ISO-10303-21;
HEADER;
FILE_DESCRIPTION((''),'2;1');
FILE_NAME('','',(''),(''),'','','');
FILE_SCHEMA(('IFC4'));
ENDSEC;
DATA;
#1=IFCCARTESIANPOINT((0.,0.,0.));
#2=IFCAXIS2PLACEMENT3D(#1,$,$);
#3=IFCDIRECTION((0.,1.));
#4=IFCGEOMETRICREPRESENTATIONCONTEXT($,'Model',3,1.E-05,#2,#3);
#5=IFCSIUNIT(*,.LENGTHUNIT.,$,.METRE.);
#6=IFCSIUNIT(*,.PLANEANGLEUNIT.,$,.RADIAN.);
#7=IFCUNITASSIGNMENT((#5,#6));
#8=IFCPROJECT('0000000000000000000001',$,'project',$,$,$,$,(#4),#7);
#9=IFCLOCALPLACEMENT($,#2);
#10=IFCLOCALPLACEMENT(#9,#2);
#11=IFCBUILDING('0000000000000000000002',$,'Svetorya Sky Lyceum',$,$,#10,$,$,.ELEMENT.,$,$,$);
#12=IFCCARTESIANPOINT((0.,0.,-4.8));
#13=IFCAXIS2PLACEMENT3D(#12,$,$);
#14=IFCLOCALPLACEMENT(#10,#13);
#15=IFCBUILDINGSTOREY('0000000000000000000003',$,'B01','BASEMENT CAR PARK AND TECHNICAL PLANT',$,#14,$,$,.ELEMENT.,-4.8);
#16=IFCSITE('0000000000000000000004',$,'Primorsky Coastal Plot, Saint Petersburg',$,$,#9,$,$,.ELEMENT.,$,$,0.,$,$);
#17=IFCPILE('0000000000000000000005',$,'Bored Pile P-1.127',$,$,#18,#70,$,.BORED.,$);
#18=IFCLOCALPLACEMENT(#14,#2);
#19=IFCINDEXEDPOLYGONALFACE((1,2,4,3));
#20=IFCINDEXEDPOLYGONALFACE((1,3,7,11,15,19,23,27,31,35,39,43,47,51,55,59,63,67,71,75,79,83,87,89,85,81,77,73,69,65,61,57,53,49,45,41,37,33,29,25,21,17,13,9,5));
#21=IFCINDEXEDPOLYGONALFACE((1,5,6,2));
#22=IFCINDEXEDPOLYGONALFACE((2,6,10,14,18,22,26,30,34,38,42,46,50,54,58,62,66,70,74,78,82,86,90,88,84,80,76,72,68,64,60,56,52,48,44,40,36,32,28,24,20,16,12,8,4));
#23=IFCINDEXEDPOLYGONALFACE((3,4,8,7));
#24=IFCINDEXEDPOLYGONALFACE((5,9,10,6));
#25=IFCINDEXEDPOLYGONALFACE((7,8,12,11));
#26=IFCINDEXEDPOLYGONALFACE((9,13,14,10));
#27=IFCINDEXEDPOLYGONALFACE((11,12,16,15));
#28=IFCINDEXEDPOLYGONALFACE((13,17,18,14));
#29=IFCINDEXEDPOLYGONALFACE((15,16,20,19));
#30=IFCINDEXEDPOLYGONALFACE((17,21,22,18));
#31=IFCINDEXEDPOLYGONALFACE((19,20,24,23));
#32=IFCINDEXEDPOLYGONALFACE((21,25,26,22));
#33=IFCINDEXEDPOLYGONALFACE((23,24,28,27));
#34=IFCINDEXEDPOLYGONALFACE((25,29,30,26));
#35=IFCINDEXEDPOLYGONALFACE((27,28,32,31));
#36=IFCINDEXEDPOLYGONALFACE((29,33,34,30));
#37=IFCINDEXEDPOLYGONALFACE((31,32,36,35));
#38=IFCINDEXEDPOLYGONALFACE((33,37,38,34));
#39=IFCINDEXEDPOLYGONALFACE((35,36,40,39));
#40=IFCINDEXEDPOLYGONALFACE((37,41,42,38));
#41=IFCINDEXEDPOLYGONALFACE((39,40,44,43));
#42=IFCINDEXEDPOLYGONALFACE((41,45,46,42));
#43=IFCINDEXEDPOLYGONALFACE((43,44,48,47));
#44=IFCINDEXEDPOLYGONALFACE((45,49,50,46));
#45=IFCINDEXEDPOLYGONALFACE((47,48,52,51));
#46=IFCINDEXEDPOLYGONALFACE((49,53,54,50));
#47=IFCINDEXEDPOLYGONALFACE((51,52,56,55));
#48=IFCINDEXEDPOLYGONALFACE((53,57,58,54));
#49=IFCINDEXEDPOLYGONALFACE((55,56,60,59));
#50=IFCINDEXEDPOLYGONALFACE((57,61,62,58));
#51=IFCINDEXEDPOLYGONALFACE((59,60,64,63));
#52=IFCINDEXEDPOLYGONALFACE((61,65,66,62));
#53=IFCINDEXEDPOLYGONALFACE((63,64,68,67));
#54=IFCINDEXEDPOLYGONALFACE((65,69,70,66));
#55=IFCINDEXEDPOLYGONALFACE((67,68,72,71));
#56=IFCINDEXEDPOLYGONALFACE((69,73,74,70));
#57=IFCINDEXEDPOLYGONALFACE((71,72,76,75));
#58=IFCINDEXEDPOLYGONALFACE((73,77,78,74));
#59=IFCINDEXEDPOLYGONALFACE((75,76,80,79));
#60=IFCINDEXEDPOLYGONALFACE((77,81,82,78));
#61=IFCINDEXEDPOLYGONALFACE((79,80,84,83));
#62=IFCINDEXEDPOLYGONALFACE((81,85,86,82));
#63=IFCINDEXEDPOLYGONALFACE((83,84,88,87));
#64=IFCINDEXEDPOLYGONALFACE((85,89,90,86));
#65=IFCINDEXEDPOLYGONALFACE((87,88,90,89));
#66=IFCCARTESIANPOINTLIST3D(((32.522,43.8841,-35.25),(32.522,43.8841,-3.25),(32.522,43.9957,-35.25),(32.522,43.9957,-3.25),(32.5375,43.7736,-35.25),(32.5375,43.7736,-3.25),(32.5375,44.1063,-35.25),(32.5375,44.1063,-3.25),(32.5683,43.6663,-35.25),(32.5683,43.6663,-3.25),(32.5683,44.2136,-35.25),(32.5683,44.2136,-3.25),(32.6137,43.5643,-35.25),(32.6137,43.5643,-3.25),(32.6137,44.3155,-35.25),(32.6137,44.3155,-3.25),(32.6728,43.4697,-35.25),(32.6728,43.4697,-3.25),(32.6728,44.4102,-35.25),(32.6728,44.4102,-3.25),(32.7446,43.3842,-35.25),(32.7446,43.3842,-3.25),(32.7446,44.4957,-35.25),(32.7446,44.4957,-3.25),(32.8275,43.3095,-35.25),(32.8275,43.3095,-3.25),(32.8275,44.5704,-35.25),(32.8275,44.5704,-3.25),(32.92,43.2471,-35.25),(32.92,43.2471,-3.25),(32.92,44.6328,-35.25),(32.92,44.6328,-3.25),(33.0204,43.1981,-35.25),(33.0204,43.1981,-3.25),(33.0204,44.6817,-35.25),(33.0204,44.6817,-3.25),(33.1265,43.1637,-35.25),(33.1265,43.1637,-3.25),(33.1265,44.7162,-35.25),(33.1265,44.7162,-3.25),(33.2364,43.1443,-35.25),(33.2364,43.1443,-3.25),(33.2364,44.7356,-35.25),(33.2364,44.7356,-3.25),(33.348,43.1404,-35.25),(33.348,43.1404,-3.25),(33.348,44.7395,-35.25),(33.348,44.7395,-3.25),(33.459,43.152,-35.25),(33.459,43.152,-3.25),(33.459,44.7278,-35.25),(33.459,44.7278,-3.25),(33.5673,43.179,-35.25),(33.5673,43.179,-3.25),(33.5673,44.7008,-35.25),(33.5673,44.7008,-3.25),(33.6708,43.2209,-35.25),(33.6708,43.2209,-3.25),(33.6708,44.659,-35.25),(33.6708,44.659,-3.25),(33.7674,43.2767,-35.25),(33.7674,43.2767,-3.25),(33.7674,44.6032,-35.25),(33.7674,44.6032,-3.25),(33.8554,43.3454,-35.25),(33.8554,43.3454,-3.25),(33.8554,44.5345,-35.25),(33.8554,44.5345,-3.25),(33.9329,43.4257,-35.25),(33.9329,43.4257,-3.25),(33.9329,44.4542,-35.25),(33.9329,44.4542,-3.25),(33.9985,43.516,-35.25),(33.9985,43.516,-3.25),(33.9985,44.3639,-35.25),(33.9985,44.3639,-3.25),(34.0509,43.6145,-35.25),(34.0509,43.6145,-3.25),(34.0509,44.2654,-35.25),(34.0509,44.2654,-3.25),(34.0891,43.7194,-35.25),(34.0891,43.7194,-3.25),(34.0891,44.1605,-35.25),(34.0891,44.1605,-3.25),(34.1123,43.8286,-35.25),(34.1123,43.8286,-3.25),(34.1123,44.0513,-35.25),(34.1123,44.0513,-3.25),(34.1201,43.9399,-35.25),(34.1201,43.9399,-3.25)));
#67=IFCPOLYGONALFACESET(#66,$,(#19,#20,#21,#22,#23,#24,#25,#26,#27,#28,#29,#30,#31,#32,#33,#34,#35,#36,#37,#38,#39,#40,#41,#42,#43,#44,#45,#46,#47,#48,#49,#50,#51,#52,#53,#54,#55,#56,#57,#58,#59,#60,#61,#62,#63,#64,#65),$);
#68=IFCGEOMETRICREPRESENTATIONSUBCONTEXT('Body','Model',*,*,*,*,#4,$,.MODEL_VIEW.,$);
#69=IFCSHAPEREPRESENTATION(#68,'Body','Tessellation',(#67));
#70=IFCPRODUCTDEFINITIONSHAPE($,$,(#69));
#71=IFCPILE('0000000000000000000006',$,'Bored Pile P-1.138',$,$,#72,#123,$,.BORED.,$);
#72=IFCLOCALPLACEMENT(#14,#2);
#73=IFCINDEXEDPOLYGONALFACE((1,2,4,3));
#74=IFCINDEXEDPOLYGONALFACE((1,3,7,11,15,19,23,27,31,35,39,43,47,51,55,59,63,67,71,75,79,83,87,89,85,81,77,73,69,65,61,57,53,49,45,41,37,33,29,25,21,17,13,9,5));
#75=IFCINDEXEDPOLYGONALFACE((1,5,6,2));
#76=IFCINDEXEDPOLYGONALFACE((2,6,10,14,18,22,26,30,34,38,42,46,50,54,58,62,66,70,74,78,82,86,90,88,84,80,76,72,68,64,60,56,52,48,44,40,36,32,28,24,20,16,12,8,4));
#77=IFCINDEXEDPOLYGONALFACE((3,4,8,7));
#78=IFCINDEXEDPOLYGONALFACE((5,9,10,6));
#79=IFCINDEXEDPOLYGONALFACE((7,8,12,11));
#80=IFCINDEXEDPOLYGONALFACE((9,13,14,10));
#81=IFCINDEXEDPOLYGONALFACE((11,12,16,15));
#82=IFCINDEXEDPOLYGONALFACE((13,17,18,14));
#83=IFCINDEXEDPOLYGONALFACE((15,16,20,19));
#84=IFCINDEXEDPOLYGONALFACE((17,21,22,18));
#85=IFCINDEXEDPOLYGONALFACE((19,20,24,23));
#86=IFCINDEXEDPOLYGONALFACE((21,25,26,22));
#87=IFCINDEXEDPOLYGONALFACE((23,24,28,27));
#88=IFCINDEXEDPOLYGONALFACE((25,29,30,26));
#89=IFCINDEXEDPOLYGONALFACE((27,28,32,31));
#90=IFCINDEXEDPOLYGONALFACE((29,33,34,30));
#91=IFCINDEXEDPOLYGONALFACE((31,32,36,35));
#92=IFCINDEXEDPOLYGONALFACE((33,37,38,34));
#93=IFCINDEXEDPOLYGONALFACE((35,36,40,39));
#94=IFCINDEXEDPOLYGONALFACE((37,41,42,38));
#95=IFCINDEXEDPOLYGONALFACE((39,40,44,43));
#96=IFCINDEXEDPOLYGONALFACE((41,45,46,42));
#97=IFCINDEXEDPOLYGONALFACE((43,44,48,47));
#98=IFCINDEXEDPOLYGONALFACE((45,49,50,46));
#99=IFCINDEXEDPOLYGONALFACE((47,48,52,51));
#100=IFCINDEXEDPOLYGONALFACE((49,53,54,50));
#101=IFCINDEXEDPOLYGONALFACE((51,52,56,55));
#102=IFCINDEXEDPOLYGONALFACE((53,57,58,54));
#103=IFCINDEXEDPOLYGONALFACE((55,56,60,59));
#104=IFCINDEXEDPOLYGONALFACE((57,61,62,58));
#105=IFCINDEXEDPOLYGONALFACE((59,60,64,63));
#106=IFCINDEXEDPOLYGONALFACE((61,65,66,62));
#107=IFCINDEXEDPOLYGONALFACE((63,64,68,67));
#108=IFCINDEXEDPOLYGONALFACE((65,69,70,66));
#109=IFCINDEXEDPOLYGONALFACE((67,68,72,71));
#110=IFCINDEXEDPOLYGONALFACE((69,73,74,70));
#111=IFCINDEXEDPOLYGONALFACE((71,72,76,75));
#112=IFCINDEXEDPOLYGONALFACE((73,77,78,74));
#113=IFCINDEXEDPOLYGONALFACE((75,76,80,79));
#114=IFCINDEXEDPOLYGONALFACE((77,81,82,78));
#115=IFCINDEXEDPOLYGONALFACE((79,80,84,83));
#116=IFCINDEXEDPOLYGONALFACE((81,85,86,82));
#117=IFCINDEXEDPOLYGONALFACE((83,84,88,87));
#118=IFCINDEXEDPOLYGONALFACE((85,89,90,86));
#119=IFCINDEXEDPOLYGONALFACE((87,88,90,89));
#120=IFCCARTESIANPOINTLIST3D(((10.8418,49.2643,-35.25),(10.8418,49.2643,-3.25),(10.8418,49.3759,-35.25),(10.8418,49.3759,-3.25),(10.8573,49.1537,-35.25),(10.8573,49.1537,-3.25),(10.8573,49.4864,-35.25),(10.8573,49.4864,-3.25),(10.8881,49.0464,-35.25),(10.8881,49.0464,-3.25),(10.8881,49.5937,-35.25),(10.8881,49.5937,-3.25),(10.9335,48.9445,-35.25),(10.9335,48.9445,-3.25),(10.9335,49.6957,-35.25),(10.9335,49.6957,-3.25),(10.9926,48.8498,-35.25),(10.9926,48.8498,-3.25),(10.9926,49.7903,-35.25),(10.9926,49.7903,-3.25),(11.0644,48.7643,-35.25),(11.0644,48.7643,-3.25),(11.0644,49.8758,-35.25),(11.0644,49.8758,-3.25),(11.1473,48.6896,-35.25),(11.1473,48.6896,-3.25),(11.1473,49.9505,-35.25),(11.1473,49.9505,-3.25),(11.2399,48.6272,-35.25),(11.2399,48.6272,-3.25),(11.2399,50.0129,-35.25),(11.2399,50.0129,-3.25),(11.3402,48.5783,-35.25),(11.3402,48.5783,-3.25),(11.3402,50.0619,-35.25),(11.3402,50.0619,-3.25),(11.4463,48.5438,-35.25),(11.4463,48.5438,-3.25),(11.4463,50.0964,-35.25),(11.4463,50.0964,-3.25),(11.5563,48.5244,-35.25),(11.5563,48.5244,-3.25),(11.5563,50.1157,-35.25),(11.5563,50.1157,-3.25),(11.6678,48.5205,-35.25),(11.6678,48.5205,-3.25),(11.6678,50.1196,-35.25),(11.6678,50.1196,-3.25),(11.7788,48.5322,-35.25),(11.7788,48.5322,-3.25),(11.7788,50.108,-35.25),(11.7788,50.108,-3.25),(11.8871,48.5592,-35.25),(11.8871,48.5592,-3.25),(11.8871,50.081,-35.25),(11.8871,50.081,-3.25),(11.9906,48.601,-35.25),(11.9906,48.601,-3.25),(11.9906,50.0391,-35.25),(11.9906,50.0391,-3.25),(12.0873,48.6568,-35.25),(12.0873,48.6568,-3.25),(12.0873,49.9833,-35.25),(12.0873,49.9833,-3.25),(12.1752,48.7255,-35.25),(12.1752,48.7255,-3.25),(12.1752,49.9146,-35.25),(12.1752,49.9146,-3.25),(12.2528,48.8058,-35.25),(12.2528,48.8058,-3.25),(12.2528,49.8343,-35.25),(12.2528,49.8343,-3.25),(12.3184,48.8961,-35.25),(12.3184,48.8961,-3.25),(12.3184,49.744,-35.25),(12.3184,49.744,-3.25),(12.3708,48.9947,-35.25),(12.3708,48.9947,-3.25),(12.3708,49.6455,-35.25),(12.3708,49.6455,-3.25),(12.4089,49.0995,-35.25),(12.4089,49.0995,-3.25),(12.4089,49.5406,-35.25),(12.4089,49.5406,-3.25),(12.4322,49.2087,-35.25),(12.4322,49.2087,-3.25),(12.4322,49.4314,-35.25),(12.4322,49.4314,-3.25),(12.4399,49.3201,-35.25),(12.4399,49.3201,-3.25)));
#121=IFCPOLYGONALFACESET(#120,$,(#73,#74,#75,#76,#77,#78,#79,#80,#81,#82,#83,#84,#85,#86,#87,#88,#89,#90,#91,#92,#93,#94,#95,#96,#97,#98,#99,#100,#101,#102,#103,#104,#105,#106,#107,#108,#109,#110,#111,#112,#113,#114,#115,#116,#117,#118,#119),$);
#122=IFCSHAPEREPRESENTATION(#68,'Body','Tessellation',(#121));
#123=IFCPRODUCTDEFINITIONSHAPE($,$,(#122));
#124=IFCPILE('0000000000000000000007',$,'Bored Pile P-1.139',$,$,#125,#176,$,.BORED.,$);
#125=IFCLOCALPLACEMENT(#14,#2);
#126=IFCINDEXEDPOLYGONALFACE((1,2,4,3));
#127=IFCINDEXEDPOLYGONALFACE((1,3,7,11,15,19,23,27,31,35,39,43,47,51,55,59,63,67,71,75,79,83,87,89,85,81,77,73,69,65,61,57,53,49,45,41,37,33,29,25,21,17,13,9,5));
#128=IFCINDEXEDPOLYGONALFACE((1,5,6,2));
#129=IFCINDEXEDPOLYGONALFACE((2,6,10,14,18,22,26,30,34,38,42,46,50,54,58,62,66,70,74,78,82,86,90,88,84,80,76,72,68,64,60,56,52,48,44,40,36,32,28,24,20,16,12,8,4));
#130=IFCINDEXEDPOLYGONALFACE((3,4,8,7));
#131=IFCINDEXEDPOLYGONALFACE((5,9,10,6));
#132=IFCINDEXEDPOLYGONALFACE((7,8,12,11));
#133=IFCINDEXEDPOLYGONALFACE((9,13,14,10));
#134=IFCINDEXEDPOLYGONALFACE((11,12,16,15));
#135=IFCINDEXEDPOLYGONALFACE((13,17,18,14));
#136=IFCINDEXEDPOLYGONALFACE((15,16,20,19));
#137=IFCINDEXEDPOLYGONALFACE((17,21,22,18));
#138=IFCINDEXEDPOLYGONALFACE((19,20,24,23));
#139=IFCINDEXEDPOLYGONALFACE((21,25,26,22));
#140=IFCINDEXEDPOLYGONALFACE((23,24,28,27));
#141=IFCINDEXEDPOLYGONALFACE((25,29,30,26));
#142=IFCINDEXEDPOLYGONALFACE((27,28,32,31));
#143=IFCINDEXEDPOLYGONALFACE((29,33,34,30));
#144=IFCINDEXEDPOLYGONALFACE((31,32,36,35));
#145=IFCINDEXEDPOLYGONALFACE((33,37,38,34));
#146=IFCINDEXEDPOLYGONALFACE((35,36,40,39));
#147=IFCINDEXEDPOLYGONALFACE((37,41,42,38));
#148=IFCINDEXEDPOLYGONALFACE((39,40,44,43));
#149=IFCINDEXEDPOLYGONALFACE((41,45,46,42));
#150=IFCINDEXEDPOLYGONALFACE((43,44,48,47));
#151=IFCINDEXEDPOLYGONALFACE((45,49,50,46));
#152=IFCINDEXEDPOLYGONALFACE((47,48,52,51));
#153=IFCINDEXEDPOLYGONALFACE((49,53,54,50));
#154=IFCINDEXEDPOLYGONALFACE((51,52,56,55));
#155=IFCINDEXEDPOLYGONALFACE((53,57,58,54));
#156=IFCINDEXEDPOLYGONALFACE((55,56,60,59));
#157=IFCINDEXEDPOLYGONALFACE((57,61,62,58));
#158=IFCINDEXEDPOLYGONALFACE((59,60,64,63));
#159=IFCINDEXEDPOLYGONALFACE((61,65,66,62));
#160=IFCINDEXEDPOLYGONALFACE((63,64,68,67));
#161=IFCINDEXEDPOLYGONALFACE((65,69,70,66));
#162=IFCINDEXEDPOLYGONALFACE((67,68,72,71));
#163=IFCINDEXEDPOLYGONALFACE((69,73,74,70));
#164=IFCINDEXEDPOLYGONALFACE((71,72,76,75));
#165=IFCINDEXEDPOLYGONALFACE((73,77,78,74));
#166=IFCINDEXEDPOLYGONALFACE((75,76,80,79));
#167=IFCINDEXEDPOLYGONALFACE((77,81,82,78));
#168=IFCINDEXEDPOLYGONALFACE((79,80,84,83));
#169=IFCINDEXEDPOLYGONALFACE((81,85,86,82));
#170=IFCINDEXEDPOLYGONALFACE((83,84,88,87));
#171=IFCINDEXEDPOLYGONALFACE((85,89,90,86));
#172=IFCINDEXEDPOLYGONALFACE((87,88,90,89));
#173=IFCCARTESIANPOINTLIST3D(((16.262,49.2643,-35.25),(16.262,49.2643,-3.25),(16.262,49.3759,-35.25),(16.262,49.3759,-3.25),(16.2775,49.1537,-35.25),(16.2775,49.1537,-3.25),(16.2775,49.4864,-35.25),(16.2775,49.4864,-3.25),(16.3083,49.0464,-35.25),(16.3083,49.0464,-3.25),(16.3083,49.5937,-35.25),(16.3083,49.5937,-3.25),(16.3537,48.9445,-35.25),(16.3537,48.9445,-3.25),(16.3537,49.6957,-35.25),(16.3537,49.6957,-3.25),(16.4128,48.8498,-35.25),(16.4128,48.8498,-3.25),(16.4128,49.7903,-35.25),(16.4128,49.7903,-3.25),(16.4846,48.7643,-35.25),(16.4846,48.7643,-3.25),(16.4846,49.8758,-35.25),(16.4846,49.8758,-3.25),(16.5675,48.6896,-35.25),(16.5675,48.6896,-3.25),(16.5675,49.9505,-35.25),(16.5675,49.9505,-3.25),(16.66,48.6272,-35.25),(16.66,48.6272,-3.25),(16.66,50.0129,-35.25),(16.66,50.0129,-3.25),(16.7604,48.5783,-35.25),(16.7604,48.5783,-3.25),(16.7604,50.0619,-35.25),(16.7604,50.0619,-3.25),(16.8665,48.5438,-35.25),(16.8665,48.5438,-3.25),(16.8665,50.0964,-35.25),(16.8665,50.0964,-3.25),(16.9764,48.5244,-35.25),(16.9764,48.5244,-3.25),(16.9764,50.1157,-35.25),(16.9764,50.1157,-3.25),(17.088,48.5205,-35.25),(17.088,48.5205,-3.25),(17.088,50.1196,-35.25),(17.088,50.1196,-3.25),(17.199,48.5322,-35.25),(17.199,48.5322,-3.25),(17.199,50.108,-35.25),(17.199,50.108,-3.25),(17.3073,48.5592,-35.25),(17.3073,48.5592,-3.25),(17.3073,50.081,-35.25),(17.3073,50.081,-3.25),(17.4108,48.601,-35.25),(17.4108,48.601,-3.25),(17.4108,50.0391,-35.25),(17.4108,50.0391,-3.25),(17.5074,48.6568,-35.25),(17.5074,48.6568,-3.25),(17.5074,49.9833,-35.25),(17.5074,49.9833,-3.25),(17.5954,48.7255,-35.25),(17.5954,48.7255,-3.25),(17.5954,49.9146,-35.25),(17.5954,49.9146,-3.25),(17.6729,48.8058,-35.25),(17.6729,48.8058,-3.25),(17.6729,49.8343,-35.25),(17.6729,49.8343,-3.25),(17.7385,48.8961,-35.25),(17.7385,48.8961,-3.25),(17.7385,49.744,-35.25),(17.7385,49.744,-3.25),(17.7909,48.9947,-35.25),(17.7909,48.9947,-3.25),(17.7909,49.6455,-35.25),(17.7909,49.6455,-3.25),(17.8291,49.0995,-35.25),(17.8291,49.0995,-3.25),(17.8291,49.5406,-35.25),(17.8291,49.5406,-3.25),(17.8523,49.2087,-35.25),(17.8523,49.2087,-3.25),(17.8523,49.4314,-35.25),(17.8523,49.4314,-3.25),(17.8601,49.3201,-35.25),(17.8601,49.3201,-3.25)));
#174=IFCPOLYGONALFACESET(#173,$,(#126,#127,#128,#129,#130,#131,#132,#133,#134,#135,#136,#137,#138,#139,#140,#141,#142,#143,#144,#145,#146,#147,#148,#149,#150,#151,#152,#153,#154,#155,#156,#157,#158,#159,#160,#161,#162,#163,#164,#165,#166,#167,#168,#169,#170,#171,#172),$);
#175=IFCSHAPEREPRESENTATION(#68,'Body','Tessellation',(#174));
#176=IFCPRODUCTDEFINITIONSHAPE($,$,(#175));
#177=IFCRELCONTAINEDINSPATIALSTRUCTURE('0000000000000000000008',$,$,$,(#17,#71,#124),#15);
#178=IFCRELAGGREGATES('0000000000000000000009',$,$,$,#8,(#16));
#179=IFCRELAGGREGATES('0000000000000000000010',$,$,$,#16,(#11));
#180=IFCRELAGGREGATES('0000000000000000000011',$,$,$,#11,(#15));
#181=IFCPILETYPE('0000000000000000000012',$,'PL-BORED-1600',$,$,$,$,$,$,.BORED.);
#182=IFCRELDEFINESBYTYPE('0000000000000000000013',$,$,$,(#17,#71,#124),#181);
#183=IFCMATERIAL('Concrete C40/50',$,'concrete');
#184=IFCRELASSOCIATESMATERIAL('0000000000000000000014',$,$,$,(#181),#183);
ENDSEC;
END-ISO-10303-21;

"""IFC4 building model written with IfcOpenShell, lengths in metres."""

from ifc_helpers import new_model, si_unit, direction, frame, origin, origin_2d, place, context, subcontext, project, spatial, circle, extrude, material, material_profile, profile_set, type_object, element, save


model = new_model("IFC4")

# Units and contexts
model_context = context("Model", 3, precision=1e-05, world=origin(), true_north=direction((0.0, 1.0)))
body_context = subcontext(model_context, "Body", "Model", "MODEL_VIEW")
ifc_project = project(units=[si_unit("LENGTHUNIT", "METRE"), si_unit("PLANEANGLEUNIT", "RADIAN")], contexts=[model_context])

# Site, building, storey
site_placement = place(None, origin())
site = spatial("IfcSite", under=ifc_project, at=site_placement, Name="Primorsky Coastal Plot, Saint Petersburg", CompositionType="ELEMENT", RefElevation=0.0)
building_placement = place(site_placement, origin())
building = spatial("IfcBuilding", under=site, at=building_placement, Name="Svetorya Sky Lyceum", CompositionType="ELEMENT")
storey_placement = place(building_placement, frame((0.0, 0.0, -4.8)))
storey = spatial("IfcBuildingStorey", under=building, at=storey_placement, Name="B01", Description="BASEMENT CAR PARK AND TECHNICAL PLANT", CompositionType="ELEMENT", Elevation=-4.8)

# Piles
ifc_material_1 = material(Name="Concrete C40/50", Category="concrete")
ifc_material_profile_1 = material_profile(ifc_material_1, circle(Radius=0.8, at=origin_2d()), Name="RC PILE D1600")
ifc_profile_set_1 = profile_set([ifc_material_profile_1], Name="Concrete C40/50")
pile_type = type_object("IfcPileType", Name="PL-BORED-1600", PredefinedType="BORED", material=ifc_profile_set_1)
for number, where, z_axis, x_axis, name in (
    (1, (33.3201, 43.9399, -3.25), (0.0, 0.0, -1.0), (1.0, 0.0, 0.0), "Bored Pile P-1.127"),
    (2, (11.6399, 49.3201, -3.25), (0.0, 0.0, -1.0), (1.0, 0.0, 0.0), "Bored Pile P-1.138"),
    (3, (17.0601, 49.3201, -3.25), (0.0, 0.0, -1.0), (1.0, 0.0, 0.0), "Bored Pile P-1.139"),
):
    element("IfcPile", number, at=place(storey_placement, frame(where, z_axis=z_axis, x_axis=x_axis)), inside=storey, type_object=pile_type, Name=name, PredefinedType="BORED", context=body_context, shape_type="SweptSolid", body=[
        extrude(circle(Radius=0.8, at=origin_2d()), origin(), (0.0, 0.0, 1.0), 32.0),
    ])

save(model, "model.ifc")
